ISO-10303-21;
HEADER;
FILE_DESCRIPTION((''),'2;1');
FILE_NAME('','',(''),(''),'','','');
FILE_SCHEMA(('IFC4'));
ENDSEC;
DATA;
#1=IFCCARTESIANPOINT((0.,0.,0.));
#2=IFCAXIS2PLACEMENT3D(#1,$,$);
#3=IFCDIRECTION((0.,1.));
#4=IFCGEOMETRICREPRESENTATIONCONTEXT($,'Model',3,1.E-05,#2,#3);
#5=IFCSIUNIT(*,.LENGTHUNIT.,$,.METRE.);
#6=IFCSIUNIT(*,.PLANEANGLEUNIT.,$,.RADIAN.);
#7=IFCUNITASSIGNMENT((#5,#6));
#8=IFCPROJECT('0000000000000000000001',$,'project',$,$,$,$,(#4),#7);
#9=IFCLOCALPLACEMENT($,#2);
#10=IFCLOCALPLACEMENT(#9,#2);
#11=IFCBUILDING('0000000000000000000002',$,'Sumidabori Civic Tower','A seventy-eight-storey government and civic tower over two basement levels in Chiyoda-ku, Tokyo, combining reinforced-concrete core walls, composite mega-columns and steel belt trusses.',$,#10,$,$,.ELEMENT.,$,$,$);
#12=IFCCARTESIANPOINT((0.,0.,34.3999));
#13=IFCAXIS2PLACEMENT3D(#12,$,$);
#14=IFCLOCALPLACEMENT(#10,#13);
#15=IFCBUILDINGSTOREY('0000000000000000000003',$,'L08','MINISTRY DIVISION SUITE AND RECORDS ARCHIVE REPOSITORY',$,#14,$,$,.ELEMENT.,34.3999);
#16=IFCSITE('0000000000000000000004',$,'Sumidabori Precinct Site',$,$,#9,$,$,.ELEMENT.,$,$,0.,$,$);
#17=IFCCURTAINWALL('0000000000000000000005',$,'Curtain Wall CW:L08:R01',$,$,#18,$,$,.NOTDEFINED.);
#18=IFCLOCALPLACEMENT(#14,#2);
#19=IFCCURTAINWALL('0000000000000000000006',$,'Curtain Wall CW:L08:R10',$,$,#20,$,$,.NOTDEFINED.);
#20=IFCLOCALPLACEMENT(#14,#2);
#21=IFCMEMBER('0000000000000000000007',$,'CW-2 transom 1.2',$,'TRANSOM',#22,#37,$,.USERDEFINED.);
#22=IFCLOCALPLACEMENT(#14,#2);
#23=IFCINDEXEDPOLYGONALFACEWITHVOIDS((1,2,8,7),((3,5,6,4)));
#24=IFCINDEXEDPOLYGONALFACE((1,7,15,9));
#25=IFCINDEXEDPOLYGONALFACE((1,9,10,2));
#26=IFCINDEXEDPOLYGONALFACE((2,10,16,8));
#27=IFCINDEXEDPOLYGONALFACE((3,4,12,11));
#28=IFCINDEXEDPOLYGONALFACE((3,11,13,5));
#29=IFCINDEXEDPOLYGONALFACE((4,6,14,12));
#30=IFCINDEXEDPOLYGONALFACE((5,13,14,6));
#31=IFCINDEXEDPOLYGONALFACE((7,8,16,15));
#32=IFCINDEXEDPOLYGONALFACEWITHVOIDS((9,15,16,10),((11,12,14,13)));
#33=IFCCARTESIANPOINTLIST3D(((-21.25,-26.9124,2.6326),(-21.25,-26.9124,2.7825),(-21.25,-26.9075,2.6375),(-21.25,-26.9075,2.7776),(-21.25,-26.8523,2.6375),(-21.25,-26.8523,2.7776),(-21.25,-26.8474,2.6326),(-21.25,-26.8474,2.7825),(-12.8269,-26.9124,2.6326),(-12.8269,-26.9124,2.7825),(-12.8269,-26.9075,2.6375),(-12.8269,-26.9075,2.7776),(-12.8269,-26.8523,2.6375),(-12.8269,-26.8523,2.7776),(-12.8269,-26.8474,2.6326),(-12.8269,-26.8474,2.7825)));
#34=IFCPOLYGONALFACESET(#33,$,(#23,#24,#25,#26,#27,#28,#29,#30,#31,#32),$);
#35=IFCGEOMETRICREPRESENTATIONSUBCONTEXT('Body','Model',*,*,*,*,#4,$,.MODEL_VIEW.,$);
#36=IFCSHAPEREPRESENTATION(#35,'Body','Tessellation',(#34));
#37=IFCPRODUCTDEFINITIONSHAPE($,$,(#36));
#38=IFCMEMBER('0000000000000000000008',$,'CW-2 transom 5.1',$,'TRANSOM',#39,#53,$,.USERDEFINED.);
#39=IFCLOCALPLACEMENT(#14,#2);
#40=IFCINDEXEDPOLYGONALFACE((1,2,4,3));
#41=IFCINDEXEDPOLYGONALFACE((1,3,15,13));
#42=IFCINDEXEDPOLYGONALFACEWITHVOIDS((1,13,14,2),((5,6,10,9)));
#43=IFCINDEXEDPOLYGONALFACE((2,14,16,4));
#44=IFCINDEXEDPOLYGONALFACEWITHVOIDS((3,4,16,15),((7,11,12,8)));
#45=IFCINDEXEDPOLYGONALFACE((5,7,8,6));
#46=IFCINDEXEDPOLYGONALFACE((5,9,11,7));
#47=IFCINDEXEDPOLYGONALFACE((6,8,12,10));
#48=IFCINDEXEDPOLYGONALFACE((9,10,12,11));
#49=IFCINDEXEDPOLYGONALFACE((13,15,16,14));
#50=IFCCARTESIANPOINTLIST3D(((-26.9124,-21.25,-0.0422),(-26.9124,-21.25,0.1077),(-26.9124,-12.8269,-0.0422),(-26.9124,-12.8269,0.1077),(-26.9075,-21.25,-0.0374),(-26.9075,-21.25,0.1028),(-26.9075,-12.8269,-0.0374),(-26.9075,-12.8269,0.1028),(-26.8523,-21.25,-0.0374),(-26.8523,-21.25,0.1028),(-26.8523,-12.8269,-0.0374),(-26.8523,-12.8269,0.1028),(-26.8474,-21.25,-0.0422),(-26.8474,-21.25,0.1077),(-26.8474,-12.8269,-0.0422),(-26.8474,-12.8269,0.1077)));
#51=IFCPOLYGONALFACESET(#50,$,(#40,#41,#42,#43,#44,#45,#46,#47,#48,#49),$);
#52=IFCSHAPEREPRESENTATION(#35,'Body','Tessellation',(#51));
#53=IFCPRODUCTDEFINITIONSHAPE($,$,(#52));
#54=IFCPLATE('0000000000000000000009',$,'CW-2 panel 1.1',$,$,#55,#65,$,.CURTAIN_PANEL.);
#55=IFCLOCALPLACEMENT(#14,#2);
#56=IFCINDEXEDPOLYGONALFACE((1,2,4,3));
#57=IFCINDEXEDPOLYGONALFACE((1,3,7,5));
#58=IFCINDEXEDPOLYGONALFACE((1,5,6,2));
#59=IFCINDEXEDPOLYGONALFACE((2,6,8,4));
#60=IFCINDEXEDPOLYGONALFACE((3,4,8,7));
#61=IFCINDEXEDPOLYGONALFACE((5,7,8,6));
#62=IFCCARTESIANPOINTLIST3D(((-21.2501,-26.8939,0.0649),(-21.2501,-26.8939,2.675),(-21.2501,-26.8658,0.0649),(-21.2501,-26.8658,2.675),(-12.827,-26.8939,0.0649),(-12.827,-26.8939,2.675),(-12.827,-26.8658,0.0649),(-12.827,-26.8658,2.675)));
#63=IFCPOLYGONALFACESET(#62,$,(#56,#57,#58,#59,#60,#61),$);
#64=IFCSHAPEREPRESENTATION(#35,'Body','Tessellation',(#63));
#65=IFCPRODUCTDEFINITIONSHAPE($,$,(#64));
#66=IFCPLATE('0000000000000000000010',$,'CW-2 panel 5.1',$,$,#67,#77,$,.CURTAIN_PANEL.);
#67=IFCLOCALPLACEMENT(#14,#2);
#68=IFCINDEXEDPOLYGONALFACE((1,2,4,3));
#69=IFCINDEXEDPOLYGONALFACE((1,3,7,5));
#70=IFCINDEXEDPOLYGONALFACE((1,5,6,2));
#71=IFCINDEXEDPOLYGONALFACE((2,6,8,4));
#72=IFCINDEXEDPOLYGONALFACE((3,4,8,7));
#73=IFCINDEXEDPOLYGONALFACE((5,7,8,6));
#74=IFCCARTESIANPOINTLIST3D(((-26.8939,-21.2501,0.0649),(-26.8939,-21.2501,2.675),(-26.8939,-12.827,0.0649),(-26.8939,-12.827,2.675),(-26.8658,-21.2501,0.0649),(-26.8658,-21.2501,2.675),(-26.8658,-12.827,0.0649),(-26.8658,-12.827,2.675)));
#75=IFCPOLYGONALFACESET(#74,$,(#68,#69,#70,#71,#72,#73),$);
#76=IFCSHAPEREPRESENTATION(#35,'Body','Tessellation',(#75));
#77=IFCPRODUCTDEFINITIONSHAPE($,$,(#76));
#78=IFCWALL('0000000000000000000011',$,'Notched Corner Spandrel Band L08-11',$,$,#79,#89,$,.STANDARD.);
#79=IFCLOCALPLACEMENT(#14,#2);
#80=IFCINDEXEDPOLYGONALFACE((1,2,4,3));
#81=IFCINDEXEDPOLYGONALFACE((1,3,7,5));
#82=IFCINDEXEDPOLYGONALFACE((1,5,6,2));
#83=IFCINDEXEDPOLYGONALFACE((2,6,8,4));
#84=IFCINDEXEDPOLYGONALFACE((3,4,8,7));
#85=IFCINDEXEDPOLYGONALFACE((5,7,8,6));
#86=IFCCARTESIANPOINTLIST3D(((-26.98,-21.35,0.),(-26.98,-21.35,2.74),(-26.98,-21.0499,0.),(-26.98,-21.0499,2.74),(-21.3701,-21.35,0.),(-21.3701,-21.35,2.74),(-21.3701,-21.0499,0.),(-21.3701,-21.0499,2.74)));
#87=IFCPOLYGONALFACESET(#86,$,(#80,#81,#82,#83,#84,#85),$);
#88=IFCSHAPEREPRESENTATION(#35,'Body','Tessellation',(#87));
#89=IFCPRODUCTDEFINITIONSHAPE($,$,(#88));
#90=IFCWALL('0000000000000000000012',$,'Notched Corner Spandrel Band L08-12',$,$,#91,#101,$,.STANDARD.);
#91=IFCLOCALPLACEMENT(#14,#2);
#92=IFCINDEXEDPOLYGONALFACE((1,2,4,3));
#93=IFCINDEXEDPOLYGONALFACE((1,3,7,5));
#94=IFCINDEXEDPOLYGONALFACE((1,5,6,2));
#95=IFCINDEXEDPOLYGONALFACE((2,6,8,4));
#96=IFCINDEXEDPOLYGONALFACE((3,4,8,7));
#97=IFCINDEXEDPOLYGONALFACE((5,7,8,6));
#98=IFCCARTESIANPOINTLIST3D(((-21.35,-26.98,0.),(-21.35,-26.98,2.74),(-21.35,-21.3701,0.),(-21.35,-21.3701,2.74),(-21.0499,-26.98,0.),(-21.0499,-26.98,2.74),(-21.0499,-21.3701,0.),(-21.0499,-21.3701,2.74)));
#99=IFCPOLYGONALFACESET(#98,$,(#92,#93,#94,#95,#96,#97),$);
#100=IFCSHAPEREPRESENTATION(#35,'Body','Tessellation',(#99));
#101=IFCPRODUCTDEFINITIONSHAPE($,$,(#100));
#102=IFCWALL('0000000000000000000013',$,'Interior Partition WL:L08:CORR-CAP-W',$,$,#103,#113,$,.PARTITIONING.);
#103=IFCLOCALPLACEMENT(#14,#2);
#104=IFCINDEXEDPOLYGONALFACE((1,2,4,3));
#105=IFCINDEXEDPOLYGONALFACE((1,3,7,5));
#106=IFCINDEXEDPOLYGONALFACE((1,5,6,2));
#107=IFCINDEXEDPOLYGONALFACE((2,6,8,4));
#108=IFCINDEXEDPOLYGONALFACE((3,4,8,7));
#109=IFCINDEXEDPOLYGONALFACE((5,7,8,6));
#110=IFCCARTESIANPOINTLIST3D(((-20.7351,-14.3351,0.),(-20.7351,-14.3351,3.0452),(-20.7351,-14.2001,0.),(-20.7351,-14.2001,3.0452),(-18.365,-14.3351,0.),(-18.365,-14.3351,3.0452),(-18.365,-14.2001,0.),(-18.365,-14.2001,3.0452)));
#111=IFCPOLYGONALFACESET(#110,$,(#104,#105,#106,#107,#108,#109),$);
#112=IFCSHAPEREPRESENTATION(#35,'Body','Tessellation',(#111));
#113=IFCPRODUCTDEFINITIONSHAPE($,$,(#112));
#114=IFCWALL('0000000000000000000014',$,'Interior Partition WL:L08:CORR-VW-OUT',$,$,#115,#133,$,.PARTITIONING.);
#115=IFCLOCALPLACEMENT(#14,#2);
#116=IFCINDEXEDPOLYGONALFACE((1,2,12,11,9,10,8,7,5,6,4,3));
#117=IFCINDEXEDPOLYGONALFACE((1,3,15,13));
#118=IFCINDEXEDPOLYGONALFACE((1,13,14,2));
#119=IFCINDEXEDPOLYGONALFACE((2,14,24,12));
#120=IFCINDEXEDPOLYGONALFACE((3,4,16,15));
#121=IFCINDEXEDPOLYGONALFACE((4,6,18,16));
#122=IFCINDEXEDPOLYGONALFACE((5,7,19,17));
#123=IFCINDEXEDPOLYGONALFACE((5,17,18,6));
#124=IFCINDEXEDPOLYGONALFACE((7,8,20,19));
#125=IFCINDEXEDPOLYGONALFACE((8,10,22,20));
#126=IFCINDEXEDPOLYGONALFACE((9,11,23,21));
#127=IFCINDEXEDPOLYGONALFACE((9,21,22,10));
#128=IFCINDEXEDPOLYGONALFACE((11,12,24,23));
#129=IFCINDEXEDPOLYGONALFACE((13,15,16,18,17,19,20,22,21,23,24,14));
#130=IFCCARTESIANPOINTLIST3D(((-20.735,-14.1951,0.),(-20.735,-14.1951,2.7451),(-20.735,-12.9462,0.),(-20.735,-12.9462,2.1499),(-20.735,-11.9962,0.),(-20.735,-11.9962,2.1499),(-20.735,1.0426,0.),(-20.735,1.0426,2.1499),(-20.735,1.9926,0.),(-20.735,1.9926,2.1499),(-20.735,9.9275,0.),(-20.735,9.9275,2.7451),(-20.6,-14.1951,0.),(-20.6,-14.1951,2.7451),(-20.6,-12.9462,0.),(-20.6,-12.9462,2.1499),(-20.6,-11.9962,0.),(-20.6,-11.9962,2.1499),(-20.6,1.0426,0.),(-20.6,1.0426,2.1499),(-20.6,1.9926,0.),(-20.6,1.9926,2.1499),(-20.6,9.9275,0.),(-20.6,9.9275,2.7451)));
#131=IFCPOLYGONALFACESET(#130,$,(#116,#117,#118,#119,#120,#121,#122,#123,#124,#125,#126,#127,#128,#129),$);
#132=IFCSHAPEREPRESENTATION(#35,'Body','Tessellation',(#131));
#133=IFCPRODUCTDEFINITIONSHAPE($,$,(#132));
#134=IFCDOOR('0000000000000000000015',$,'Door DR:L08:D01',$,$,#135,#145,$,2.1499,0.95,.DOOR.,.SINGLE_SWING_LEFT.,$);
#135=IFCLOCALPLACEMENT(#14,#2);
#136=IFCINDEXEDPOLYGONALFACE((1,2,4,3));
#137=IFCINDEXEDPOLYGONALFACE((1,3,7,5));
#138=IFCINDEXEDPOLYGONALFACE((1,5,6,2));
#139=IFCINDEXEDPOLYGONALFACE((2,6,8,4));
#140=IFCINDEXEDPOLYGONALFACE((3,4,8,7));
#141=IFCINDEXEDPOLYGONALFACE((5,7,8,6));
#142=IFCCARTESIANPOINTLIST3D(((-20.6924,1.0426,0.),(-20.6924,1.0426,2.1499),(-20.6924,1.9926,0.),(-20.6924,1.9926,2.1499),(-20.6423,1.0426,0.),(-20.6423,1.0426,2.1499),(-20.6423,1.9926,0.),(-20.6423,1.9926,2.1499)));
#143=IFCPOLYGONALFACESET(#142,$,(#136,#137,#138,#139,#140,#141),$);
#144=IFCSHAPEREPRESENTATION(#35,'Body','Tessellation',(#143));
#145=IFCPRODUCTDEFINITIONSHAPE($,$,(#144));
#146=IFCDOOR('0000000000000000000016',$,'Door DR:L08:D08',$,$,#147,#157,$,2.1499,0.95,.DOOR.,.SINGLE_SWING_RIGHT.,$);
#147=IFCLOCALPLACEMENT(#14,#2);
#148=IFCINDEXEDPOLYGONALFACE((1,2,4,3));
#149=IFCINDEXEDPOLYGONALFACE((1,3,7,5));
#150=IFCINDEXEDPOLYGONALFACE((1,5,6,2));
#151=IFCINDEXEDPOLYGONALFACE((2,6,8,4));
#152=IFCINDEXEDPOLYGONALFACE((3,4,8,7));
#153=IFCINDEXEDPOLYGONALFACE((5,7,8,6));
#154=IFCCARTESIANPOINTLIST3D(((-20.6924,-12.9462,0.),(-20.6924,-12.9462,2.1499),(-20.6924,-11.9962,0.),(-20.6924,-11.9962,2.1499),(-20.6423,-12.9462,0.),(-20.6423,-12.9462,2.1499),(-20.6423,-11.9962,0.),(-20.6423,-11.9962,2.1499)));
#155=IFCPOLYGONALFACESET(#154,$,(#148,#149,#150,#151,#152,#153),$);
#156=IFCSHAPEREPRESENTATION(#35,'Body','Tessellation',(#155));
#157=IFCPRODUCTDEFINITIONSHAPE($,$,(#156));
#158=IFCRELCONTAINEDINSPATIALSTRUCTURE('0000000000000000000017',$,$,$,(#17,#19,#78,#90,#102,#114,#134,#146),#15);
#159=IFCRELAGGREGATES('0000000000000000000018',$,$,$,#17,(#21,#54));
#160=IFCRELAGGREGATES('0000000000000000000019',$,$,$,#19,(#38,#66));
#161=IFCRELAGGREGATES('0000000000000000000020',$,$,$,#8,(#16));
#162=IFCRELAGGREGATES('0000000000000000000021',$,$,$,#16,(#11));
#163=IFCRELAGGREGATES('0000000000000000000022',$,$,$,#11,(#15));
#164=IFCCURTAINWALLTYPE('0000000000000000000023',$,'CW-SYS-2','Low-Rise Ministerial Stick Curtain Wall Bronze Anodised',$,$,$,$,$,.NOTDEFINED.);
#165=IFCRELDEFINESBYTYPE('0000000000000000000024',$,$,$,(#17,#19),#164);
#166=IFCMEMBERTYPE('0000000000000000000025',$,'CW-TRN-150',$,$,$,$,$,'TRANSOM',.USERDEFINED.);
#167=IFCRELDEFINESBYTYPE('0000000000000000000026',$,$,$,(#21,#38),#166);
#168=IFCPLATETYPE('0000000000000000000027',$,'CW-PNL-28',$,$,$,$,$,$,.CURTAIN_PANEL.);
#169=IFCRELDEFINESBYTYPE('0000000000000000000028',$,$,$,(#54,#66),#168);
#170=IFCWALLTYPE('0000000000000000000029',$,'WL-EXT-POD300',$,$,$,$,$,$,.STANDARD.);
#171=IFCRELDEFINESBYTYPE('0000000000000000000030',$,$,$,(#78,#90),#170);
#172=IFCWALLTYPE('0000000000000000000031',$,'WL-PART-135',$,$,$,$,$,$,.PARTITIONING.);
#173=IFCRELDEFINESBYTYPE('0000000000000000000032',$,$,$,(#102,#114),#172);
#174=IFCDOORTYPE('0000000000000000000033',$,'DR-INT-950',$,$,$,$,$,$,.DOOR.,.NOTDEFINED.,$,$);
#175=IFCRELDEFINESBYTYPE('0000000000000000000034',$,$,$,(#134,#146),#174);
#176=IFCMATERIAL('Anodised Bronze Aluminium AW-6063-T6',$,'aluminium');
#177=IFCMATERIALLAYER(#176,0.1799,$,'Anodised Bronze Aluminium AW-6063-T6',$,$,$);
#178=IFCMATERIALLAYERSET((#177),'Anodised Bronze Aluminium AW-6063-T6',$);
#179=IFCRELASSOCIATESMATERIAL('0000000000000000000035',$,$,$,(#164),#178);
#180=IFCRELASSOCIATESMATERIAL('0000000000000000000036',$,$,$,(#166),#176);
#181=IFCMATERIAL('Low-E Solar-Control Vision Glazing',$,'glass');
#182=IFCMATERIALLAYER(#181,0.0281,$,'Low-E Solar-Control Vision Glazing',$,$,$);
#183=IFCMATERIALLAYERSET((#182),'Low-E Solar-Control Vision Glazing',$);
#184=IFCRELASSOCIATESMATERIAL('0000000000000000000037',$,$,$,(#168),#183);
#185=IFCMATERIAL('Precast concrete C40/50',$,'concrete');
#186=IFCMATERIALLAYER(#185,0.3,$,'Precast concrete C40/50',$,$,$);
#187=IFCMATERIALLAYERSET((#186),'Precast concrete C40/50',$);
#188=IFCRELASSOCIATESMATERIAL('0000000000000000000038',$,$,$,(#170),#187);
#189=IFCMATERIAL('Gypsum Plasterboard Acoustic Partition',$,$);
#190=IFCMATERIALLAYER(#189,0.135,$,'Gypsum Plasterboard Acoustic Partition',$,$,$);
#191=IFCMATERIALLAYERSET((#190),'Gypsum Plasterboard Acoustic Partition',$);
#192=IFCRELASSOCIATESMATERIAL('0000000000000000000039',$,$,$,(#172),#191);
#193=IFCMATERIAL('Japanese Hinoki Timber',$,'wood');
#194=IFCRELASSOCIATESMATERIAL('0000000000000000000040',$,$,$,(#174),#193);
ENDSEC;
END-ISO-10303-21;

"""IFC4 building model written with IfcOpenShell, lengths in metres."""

from ifc_helpers import new_model, si_unit, direction, frame, frame_2d, origin, origin_2d, place, context, subcontext, project, spatial, rectangle, hollow_rectangle, extrude, source, transform, mapped, material, layer, layer_set, material_profile, profile_set, type_object, element, fill, aggregate, save


model = new_model("IFC4")

# Units and contexts
model_context = context("Model", 3, precision=1e-05, world=origin(), true_north=direction((0.0, 1.0)))
body_context = subcontext(model_context, "Body", "Model", "MODEL_VIEW")
ifc_project = project(units=[si_unit("LENGTHUNIT", "METRE"), si_unit("PLANEANGLEUNIT", "RADIAN")], contexts=[model_context])

# Site, building, storey
site_placement = place(None, origin())
site = spatial("IfcSite", under=ifc_project, at=site_placement, Name="Sumidabori Precinct Site", CompositionType="ELEMENT", RefElevation=0.0)
building_placement = place(site_placement, origin())
building = spatial("IfcBuilding", under=site, at=building_placement, Name="Sumidabori Civic Tower", Description="A seventy-eight-storey government and civic tower over two basement levels in Chiyoda-ku, Tokyo, combining reinforced-concrete core walls, composite mega-columns and steel belt trusses.", CompositionType="ELEMENT")
storey_placement = place(building_placement, frame((0.0, 0.0, 34.3999)))
storey = spatial("IfcBuildingStorey", under=building, at=storey_placement, Name="L08", Description="MINISTRY DIVISION SUITE AND RECORDS ARCHIVE REPOSITORY", CompositionType="ELEMENT", Elevation=34.3999)

# Curtain walls
ifc_material_1 = material(Name="Anodised Bronze Aluminium AW-6063-T6", Category="aluminium")
ifc_layer_1 = layer(ifc_material_1, 0.1799, Name="Anodised Bronze Aluminium AW-6063-T6")
ifc_layer_set_1 = layer_set([ifc_layer_1], Name="Anodised Bronze Aluminium AW-6063-T6")
curtain_wall_type = type_object("IfcCurtainWallType", Name="CW-SYS-2", Description="Low-Rise Ministerial Stick Curtain Wall Bronze Anodised", PredefinedType="NOTDEFINED", material=ifc_layer_set_1)
curtain_wall_1_placement = place(storey_placement, origin())
curtain_wall_1 = element("IfcCurtainWall", 1, at=curtain_wall_1_placement, inside=storey, type_object=curtain_wall_type, Name="Curtain Wall CW:L08:R01", PredefinedType="NOTDEFINED")
curtain_wall_2_placement = place(storey_placement, origin())
curtain_wall_2 = element("IfcCurtainWall", 2, at=curtain_wall_2_placement, inside=storey, type_object=curtain_wall_type, Name="Curtain Wall CW:L08:R10", PredefinedType="NOTDEFINED")

# Members
ifc_material_profile_1 = material_profile(ifc_material_1, hollow_rectangle(XDim=0.0649, YDim=0.1499, WallThickness=0.0049, at=origin_2d()), Name="ALU TRANSOM 150x65")
ifc_profile_set_1 = profile_set([ifc_material_profile_1], Name="Anodised Bronze Aluminium AW-6063-T6")
member_type_1 = type_object("IfcMemberType", Name="CW-TRN-150", ElementType="TRANSOM", PredefinedType="USERDEFINED", material=ifc_profile_set_1)
shared_shape_1 = source(origin(), body_context, "Body", "SweptSolid", [
    extrude(hollow_rectangle(XDim=0.0649, YDim=0.1499, WallThickness=0.0049, at=origin_2d()), origin(), (0.0, 0.0, 1.0), 8.4231),
])
member_1_placement = place(storey_placement, frame((-21.25, -26.8799, 2.7075), z_axis=(1.0, 0.0, 0.0), x_axis=(0.0, 1.0, 0.0)))
member_1 = element("IfcMember", 3, at=member_1_placement, type_object=member_type_1, Name="CW-2 transom 1.2", ObjectType="TRANSOM", PredefinedType="USERDEFINED", context=body_context, shape_type="MappedRepresentation", body=[
    mapped(shared_shape_1, transform((0.0, 0.0, 0.0), x_axis=(1.0, 0.0, 0.0), y_axis=(0.0, 1.0, 0.0), z_axis=(0.0, 0.0, 1.0), scale=1.0)),
])
member_2_placement = place(storey_placement, frame((-26.8799, -12.8269, 0.0327), z_axis=(0.0, -1.0, 0.0), x_axis=(1.0, 0.0, 0.0)))
member_2 = element("IfcMember", 4, at=member_2_placement, type_object=member_type_1, Name="CW-2 transom 5.1", ObjectType="TRANSOM", PredefinedType="USERDEFINED", context=body_context, shape_type="MappedRepresentation", body=[
    mapped(shared_shape_1, transform((0.0, 0.0, 0.0), x_axis=(1.0, 0.0, 0.0), y_axis=(0.0, 1.0, 0.0), z_axis=(0.0, 0.0, 1.0), scale=1.0)),
])

# Plates
ifc_material_2 = material(Name="Low-E Solar-Control Vision Glazing", Category="glass")
ifc_layer_2 = layer(ifc_material_2, 0.0281, Name="Low-E Solar-Control Vision Glazing")
ifc_layer_set_2 = layer_set([ifc_layer_2], Name="Low-E Solar-Control Vision Glazing")
plate_type = type_object("IfcPlateType", Name="CW-PNL-28", PredefinedType="CURTAIN_PANEL", material=ifc_layer_set_2)
shared_shape_2 = source(origin(), body_context, "Body", "SweptSolid", [
    extrude(rectangle(XDim=8.4231, YDim=0.0281, at=origin_2d()), origin(), (0.0, 0.0, 1.0), 2.6101),
])
plate_1_placement = place(storey_placement, frame((-17.0386, -26.8799, 0.0649), z_axis=(0.0, 0.0, 1.0), x_axis=(1.0, 0.0, 0.0)))
plate_1 = element("IfcPlate", 5, at=plate_1_placement, type_object=plate_type, Name="CW-2 panel 1.1", PredefinedType="CURTAIN_PANEL", context=body_context, shape_type="MappedRepresentation", body=[
    mapped(shared_shape_2, transform((0.0, 0.0, 0.0), x_axis=(1.0, 0.0, 0.0), y_axis=(0.0, 1.0, 0.0), z_axis=(0.0, 0.0, 1.0), scale=1.0)),
])
aggregate(curtain_wall_1, [member_1, plate_1])
plate_2_placement = place(storey_placement, frame((-26.8799, -17.0386, 0.0649), z_axis=(0.0, 0.0, 1.0), x_axis=(0.0, -1.0, 0.0)))
plate_2 = element("IfcPlate", 6, at=plate_2_placement, type_object=plate_type, Name="CW-2 panel 5.1", PredefinedType="CURTAIN_PANEL", context=body_context, shape_type="MappedRepresentation", body=[
    mapped(shared_shape_2, transform((0.0, 0.0, 0.0), x_axis=(1.0, 0.0, 0.0), y_axis=(0.0, 1.0, 0.0), z_axis=(0.0, 0.0, 1.0), scale=1.0)),
])
aggregate(curtain_wall_2, [member_2, plate_2])

# Walls
ifc_material_3 = material(Name="Precast concrete C40/50", Category="concrete")
ifc_layer_3 = layer(ifc_material_3, 0.3, Name="Precast concrete C40/50")
ifc_layer_set_3 = layer_set([ifc_layer_3], Name="Precast concrete C40/50")
wall_type_1 = type_object("IfcWallType", Name="WL-EXT-POD300", PredefinedType="STANDARD", material=ifc_layer_set_3)
shared_shape_3 = source(origin(), body_context, "Body", "SweptSolid", [
    extrude(rectangle(XDim=5.6099, YDim=0.3, at=frame_2d((2.8049, 0.0))), origin(), (0.0, 0.0, 1.0), 2.74),
])
for number, where, z_axis, x_axis, name in (
    (7, (-26.98, -21.2, 0.0), (0.0, 0.0, 1.0), (1.0, 0.0, 0.0), "Notched Corner Spandrel Band L08-11"),
    (8, (-21.2, -21.3701, 0.0), (0.0, 0.0, 1.0), (0.0, -1.0, 0.0), "Notched Corner Spandrel Band L08-12"),
):
    element("IfcWall", number, at=place(storey_placement, frame(where, z_axis=z_axis, x_axis=x_axis)), inside=storey, type_object=wall_type_1, Name=name, PredefinedType="STANDARD", context=body_context, shape_type="MappedRepresentation", body=[
        mapped(shared_shape_3, transform((0.0, 0.0, 0.0), x_axis=(1.0, 0.0, 0.0), y_axis=(0.0, 1.0, 0.0), z_axis=(0.0, 0.0, 1.0), scale=1.0)),
    ])
ifc_material_4 = material(Name="Gypsum Plasterboard Acoustic Partition")
ifc_layer_4 = layer(ifc_material_4, 0.135, Name="Gypsum Plasterboard Acoustic Partition")
ifc_layer_set_4 = layer_set([ifc_layer_4], Name="Gypsum Plasterboard Acoustic Partition")
wall_type_2 = type_object("IfcWallType", Name="WL-PART-135", PredefinedType="PARTITIONING", material=ifc_layer_set_4)
shared_shape_4 = source(origin(), body_context, "Body", "SweptSolid", [
    extrude(rectangle(XDim=2.3701, YDim=0.135, at=frame_2d((1.1851, 0.0))), origin(), (0.0, 0.0, 1.0), 3.0452),
])
wall_1_placement = place(storey_placement, frame((-20.7351, -14.2676, 0.0), z_axis=(0.0, 0.0, 1.0), x_axis=(1.0, 0.0, 0.0)))
element("IfcWall", 9, at=wall_1_placement, inside=storey, type_object=wall_type_2, Name="Interior Partition WL:L08:CORR-CAP-W", PredefinedType="PARTITIONING", context=body_context, shape_type="MappedRepresentation", body=[
    mapped(shared_shape_4, transform((0.0, 0.0, 0.0), x_axis=(1.0, 0.0, 0.0), y_axis=(0.0, 1.0, 0.0), z_axis=(0.0, 0.0, 1.0), scale=1.0)),
])

# Wall, openings, doors
shared_shape_5 = source(origin(), body_context, "Body", "SweptSolid", [
    extrude(rectangle(XDim=24.1226, YDim=0.135, at=frame_2d((12.0613, 0.0))), origin(), (0.0, 0.0, 1.0), 2.7451),
])
wall_2_placement = place(storey_placement, frame((-20.6675, -14.1951, 0.0), z_axis=(0.0, 0.0, 1.0), x_axis=(0.0, 1.0, 0.0)))
wall_2 = element("IfcWall", 10, at=wall_2_placement, inside=storey, type_object=wall_type_2, Name="Interior Partition WL:L08:CORR-VW-OUT", PredefinedType="PARTITIONING", context=body_context, shape_type="MappedRepresentation", body=[
    mapped(shared_shape_5, transform((0.0, 0.0, 0.0), x_axis=(1.0, 0.0, 0.0), y_axis=(0.0, 1.0, 0.0), z_axis=(0.0, 0.0, 1.0), scale=1.0)),
])
opening_1_placement = place(wall_2_placement, frame((15.2375, 0.0, 0.0)))
opening_1 = element("IfcOpeningElement", 11, at=opening_1_placement, cuts=wall_2, PredefinedType="OPENING", context=body_context, shape_type="SweptSolid", body=[
    extrude(rectangle(XDim=0.95, YDim=2.1499, at=frame_2d((0.4751, 1.075))), frame((0.0, 0.0796, 0.0), z_axis=(0.0, -1.0, 0.0), x_axis=(1.0, 0.0, 0.0)), (0.0, 0.0, 1.0), 0.1589),
])
opening_2_placement = place(wall_2_placement, frame((1.2488, 0.0, 0.0)))
opening_2 = element("IfcOpeningElement", 12, at=opening_2_placement, cuts=wall_2, PredefinedType="OPENING", context=body_context, shape_type="SweptSolid", body=[
    extrude(rectangle(XDim=0.95, YDim=2.1499, at=frame_2d((0.4751, 1.075))), frame((0.0, 0.0796, 0.0), z_axis=(0.0, -1.0, 0.0), x_axis=(1.0, 0.0, 0.0)), (0.0, 0.0, 1.0), 0.1589),
])
ifc_material_5 = material(Name="Japanese Hinoki Timber", Category="wood")
door_type = type_object("IfcDoorType", Name="DR-INT-950", OperationType="NOTDEFINED", PredefinedType="DOOR", material=ifc_material_5)
shared_shape_6 = source(origin(), body_context, "Body", "SweptSolid", [
    extrude(rectangle(XDim=0.95, YDim=2.1499, at=frame_2d((0.4751, 1.075))), frame((0.0, 0.0249, 0.0), z_axis=(0.0, -1.0, 0.0), x_axis=(1.0, 0.0, 0.0)), (0.0, 0.0, 1.0), 0.05),
])
door_1_placement = place(opening_1_placement, origin())
door_1 = element("IfcDoor", 13, at=door_1_placement, inside=storey, type_object=door_type, Name="Door DR:L08:D01", OperationType="SINGLE_SWING_LEFT", OverallHeight=2.1499, OverallWidth=0.95, PredefinedType="DOOR", context=body_context, shape_type="MappedRepresentation", body=[
    mapped(shared_shape_6, transform((0.0, 0.0, 0.0), x_axis=(1.0, 0.0, 0.0), y_axis=(0.0, 1.0, 0.0), z_axis=(0.0, 0.0, 1.0), scale=1.0)),
])
fill(opening_1, door_1)
door_2_placement = place(opening_2_placement, origin())
door_2 = element("IfcDoor", 14, at=door_2_placement, inside=storey, type_object=door_type, Name="Door DR:L08:D08", OperationType="SINGLE_SWING_RIGHT", OverallHeight=2.1499, OverallWidth=0.95, PredefinedType="DOOR", context=body_context, shape_type="MappedRepresentation", body=[
    mapped(shared_shape_6, transform((0.0, 0.0, 0.0), x_axis=(1.0, 0.0, 0.0), y_axis=(0.0, 1.0, 0.0), z_axis=(0.0, 0.0, 1.0), scale=1.0)),
])
fill(opening_2, door_2)

save(model, "model.ifc")
